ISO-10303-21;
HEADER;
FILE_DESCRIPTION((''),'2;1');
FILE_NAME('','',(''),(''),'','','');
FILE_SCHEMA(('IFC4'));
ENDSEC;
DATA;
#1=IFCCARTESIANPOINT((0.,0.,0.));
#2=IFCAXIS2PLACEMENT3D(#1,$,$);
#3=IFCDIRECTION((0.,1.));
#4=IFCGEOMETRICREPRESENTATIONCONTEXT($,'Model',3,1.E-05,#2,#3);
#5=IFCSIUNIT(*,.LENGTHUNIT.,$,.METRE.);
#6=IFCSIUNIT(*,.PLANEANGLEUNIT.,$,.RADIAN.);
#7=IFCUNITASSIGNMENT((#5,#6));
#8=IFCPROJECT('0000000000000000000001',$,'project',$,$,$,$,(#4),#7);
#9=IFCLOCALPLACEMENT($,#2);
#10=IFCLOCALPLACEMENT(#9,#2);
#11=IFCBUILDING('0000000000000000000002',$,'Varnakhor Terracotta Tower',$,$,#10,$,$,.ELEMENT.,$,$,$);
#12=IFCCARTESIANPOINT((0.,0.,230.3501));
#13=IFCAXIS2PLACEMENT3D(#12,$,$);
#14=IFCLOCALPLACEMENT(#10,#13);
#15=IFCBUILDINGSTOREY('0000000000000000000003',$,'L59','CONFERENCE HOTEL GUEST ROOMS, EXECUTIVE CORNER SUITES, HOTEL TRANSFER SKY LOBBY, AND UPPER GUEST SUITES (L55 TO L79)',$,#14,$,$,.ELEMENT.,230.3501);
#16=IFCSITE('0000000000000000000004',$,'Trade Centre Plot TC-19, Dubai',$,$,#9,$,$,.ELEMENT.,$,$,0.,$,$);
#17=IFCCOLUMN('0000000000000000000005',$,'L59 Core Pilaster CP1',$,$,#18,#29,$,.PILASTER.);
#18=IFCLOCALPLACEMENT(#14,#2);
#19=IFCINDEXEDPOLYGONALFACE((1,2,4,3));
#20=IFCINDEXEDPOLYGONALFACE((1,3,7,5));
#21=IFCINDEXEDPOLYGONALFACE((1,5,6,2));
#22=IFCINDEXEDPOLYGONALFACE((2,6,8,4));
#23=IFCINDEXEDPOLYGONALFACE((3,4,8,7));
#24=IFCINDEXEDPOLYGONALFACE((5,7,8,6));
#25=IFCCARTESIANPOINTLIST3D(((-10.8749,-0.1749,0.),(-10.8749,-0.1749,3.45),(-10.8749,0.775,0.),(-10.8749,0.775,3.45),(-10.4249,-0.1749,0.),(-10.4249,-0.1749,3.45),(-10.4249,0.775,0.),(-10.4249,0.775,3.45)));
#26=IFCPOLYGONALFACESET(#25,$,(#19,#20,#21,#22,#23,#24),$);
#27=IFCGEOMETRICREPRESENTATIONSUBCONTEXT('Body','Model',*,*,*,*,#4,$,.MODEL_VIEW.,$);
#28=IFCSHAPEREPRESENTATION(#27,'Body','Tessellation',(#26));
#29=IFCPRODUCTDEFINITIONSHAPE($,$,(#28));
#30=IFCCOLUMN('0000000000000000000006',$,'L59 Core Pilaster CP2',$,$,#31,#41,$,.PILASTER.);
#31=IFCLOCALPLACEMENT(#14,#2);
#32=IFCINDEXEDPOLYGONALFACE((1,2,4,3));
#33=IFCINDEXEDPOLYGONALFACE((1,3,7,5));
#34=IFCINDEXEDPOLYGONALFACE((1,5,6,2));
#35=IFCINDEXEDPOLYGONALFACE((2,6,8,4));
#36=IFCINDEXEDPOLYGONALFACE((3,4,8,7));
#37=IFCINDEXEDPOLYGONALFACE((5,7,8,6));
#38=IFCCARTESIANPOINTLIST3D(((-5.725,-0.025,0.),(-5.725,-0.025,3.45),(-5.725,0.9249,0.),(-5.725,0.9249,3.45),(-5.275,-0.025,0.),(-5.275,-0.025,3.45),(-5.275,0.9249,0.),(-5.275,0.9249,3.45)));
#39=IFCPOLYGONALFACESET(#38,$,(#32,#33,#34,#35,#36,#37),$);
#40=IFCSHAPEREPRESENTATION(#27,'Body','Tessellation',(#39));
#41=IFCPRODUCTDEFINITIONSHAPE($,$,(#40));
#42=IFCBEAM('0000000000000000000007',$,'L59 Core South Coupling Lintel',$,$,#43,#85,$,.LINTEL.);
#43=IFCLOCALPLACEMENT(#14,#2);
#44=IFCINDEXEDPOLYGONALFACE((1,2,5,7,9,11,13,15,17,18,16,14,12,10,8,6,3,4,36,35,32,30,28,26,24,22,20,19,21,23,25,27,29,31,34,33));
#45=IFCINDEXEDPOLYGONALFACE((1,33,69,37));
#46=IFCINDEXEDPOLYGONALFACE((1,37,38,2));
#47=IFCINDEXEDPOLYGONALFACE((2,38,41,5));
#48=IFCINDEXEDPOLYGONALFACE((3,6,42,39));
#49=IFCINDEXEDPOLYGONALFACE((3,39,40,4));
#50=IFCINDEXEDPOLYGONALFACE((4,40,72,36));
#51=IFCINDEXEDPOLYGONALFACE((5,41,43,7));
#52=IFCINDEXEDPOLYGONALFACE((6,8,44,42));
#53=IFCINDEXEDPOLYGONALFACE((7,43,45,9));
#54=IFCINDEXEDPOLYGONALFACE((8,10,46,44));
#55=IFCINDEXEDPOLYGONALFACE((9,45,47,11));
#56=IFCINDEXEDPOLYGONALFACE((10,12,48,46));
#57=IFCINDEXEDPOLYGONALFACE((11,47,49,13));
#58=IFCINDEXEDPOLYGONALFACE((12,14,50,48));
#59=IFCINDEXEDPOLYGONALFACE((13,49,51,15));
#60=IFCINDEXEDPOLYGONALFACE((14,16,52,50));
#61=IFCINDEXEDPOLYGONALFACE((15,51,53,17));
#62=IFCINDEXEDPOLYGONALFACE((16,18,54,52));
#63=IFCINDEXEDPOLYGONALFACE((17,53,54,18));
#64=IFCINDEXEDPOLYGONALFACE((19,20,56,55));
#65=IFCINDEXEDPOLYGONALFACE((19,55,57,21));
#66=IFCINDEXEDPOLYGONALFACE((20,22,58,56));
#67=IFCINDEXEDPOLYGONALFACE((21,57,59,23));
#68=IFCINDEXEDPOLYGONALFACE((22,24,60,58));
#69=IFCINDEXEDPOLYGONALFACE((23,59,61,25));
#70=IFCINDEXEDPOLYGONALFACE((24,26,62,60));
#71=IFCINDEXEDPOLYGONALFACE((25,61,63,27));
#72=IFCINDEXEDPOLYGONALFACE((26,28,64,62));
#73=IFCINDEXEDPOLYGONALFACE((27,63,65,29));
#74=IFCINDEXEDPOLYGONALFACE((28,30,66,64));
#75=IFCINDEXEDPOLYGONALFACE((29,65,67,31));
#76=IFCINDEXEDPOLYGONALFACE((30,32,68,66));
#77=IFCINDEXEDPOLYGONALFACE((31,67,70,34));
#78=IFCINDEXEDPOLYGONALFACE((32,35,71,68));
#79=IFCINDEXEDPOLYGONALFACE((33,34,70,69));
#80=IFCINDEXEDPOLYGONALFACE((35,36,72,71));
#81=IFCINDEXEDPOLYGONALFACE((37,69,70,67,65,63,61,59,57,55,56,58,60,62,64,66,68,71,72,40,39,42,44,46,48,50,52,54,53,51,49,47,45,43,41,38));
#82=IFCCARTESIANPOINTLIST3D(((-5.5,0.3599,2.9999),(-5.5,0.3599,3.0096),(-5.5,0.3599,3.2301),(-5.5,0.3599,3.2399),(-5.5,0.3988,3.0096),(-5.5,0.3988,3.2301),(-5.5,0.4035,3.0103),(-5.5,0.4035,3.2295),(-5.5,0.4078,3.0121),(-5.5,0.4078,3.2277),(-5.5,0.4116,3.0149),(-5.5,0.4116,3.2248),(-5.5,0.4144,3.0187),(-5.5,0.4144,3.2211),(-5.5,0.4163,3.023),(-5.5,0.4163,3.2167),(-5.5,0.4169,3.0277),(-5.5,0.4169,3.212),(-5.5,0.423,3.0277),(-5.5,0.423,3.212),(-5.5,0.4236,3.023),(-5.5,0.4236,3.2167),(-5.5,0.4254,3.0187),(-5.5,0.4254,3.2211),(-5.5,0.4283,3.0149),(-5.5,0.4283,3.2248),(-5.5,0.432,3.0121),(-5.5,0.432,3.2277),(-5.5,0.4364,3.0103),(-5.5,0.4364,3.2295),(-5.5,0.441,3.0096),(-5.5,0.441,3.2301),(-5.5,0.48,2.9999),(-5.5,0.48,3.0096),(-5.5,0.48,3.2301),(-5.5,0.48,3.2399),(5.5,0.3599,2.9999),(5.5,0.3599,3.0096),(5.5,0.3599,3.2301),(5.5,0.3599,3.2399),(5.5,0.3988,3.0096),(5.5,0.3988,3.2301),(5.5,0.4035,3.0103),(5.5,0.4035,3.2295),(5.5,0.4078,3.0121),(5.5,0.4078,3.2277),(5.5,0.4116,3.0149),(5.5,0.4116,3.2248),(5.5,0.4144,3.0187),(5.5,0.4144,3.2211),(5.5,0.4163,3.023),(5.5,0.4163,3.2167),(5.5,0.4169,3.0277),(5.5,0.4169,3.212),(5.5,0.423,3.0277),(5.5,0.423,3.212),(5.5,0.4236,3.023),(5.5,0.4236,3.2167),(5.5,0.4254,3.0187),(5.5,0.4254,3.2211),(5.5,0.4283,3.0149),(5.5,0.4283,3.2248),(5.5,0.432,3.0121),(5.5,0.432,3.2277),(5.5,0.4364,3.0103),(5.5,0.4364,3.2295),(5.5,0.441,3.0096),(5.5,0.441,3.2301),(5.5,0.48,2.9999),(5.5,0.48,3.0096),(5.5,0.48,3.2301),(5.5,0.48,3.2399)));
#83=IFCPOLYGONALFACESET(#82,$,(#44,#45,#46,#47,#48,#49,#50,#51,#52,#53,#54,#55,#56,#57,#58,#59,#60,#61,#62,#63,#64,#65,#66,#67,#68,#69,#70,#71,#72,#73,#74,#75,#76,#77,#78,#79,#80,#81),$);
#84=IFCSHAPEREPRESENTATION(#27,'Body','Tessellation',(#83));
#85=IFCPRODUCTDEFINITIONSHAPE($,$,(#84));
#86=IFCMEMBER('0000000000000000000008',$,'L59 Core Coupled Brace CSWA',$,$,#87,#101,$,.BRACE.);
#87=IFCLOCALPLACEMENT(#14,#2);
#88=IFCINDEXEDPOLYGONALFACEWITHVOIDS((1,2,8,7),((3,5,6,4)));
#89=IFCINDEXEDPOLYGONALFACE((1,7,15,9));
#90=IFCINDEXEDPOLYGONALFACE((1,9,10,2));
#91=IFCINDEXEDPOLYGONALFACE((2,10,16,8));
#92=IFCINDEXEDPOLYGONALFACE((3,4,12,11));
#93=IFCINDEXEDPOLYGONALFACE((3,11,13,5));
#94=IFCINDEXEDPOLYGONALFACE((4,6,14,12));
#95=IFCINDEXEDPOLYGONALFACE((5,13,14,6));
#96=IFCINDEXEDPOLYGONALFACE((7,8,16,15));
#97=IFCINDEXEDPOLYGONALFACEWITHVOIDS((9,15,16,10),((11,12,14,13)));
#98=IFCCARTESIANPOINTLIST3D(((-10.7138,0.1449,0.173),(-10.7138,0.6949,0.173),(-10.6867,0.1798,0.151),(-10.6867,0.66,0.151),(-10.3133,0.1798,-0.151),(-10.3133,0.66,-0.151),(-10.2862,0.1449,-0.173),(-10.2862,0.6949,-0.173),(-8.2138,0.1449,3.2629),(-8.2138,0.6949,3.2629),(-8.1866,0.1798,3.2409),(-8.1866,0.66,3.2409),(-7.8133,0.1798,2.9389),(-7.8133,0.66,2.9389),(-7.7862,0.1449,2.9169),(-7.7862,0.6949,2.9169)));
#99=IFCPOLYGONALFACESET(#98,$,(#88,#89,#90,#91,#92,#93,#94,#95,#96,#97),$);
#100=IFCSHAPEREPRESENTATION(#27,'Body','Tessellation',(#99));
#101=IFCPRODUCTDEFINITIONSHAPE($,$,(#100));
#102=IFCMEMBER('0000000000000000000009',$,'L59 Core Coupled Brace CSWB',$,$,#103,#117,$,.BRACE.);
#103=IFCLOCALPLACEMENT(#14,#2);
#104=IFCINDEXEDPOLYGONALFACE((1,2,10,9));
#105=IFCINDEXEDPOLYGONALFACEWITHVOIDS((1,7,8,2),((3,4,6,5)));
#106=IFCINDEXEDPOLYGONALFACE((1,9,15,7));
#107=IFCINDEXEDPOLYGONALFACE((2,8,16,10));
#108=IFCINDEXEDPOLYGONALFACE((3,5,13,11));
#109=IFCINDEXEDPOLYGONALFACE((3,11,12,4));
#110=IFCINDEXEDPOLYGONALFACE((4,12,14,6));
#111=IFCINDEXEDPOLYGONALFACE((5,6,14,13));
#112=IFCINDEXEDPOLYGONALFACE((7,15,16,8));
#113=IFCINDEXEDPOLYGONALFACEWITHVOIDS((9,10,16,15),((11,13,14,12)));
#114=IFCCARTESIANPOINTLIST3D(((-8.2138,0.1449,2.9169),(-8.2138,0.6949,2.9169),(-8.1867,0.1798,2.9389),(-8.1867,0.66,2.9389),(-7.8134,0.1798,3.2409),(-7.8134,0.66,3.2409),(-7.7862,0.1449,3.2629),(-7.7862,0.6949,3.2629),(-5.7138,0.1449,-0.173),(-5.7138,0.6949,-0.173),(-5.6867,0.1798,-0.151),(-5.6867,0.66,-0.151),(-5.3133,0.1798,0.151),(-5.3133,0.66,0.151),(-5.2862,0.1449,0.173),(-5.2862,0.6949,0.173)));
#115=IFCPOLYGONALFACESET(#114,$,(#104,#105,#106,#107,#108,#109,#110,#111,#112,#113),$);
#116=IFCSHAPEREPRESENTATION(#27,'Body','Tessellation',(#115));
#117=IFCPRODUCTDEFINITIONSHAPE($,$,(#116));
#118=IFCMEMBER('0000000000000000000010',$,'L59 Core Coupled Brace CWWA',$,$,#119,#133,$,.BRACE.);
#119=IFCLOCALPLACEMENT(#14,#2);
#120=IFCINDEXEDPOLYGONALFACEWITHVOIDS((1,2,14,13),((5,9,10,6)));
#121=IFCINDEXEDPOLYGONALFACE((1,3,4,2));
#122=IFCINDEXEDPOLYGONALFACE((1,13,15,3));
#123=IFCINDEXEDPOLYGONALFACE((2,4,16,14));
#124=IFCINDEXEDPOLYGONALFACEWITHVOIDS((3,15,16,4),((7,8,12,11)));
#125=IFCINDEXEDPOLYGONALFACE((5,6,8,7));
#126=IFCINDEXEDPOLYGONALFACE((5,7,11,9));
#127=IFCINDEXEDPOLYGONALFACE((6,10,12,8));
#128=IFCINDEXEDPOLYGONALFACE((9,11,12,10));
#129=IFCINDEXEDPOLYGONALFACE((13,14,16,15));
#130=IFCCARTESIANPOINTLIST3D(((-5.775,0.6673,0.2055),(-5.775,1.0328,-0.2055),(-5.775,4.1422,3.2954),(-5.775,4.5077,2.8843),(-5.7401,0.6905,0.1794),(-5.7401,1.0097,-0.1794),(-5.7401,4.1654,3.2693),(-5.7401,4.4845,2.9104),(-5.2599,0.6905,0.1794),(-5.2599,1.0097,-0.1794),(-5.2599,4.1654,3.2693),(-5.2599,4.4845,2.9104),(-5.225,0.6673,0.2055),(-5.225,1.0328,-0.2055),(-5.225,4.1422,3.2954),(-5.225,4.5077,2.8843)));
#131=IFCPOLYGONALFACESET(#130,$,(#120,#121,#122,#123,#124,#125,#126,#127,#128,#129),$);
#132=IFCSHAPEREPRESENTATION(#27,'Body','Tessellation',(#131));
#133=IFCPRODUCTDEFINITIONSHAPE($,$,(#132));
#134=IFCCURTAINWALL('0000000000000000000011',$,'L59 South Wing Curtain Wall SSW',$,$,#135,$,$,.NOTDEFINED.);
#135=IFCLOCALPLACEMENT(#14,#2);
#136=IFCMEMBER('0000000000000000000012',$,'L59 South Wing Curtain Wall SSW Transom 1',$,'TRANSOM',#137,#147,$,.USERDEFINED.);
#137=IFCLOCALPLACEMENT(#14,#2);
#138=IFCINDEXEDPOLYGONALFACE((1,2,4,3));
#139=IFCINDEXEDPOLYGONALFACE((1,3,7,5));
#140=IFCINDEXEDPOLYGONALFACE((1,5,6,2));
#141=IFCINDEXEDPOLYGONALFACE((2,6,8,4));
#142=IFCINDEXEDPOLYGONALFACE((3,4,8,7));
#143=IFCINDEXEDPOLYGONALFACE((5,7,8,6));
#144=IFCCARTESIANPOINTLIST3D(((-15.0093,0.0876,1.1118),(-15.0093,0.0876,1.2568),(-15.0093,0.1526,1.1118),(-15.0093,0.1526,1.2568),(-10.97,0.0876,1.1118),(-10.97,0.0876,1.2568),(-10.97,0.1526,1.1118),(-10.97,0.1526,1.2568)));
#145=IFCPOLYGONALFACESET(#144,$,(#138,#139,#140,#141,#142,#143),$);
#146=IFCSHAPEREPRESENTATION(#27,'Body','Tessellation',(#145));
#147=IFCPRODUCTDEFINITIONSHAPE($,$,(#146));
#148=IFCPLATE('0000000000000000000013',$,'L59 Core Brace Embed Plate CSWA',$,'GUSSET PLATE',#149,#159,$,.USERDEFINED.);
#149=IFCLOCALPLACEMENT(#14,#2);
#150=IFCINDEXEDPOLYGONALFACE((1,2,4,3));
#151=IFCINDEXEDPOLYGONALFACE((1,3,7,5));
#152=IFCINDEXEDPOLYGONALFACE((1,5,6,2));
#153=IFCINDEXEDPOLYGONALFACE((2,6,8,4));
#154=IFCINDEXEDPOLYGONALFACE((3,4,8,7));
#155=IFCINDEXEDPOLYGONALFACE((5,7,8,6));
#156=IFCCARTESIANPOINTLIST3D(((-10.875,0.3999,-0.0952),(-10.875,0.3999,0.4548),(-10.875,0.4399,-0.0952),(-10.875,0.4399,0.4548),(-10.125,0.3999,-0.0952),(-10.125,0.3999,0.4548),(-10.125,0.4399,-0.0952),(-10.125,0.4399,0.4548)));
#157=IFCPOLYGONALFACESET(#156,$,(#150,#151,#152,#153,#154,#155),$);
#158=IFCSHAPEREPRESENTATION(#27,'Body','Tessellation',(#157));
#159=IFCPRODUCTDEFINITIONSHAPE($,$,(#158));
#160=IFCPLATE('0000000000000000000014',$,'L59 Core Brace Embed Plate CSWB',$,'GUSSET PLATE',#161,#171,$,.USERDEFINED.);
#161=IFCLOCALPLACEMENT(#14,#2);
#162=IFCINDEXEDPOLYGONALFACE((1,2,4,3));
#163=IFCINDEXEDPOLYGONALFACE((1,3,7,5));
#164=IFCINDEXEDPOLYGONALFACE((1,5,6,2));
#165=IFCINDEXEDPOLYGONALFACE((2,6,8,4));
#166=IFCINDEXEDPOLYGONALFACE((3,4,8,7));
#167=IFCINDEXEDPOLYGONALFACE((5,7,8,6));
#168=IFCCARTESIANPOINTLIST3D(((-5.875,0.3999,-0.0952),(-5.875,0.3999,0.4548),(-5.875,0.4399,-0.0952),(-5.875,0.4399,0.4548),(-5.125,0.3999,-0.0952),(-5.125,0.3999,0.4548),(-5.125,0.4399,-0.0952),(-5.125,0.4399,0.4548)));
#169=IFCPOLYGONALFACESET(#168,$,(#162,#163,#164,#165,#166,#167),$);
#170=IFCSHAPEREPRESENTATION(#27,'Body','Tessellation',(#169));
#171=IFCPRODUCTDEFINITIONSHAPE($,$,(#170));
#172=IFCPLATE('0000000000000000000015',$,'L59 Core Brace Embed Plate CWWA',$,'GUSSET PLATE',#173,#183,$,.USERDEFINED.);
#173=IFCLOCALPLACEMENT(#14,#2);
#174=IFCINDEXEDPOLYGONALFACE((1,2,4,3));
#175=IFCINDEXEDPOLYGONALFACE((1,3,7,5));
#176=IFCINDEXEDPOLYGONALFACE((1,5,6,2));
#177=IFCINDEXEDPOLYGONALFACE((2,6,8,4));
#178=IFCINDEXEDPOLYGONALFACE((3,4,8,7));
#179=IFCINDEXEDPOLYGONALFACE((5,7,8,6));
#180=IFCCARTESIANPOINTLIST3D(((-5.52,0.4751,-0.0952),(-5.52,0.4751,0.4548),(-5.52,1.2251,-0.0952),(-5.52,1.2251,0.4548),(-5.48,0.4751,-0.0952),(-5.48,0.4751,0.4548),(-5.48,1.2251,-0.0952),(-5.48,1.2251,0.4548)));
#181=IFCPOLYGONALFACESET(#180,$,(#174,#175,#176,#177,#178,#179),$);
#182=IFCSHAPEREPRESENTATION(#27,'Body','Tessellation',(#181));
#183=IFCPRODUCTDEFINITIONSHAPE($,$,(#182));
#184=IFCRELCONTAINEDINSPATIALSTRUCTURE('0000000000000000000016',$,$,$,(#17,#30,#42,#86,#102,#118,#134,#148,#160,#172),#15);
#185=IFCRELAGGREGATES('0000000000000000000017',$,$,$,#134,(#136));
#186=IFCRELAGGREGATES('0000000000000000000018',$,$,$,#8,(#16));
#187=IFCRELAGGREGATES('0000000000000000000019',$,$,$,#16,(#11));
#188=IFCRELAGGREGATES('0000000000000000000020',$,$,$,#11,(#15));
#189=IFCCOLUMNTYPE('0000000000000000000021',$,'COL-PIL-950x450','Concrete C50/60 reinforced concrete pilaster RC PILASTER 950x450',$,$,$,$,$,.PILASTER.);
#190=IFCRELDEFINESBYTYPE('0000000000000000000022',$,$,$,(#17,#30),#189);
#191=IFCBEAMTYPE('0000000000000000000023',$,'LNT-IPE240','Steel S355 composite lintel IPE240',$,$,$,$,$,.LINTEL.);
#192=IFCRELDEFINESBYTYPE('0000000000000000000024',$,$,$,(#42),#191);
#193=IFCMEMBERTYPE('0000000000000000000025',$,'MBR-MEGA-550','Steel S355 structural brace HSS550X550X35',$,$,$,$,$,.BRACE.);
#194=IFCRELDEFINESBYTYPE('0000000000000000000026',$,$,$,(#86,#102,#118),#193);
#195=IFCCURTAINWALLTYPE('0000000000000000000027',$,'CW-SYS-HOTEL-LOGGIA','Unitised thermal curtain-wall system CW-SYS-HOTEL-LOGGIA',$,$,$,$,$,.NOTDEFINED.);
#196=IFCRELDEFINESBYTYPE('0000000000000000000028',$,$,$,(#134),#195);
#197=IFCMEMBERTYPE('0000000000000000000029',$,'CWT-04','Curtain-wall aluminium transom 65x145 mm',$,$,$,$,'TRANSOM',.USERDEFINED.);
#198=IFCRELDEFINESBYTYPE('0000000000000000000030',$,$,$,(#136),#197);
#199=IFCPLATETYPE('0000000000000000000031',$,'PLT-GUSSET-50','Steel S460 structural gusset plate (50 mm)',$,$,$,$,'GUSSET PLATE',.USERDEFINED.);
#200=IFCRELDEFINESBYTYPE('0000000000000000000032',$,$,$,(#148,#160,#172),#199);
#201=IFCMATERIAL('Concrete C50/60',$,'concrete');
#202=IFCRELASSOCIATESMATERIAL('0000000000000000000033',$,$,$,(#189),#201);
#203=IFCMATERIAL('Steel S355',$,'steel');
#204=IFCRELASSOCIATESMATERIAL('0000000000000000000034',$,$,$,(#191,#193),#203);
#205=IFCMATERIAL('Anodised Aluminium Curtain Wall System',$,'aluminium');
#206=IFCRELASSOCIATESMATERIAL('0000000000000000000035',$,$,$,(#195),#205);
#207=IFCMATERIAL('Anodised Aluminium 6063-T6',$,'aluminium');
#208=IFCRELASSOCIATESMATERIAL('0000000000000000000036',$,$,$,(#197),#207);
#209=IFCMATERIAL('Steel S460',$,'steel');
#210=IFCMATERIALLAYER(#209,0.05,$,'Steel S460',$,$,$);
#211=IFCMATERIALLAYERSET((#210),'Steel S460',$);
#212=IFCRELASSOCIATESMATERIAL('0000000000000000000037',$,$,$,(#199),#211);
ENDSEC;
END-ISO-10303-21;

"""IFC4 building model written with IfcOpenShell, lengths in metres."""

from ifc_helpers import new_model, si_unit, direction, frame, origin, origin_2d, place, context, subcontext, project, spatial, rectangle, hollow_rectangle, i_section, extrude, source, transform, mapped, material, layer, layer_set, material_profile, profile_set, type_object, type_shapes, element, aggregate, save


model = new_model("IFC4")

# Units and contexts
model_context = context("Model", 3, precision=1e-05, world=origin(), true_north=direction((0.0, 1.0)))
body_context = subcontext(model_context, "Body", "Model", "MODEL_VIEW")
ifc_project = project(units=[si_unit("LENGTHUNIT", "METRE"), si_unit("PLANEANGLEUNIT", "RADIAN")], contexts=[model_context])

# Site, building, storey
site_placement = place(None, origin())
site = spatial("IfcSite", under=ifc_project, at=site_placement, Name="Trade Centre Plot TC-19, Dubai", CompositionType="ELEMENT", RefElevation=0.0)
building_placement = place(site_placement, origin())
building = spatial("IfcBuilding", under=site, at=building_placement, Name="Varnakhor Terracotta Tower", CompositionType="ELEMENT")
storey_placement = place(building_placement, frame((0.0, 0.0, 230.3501)))
storey = spatial("IfcBuildingStorey", under=building, at=storey_placement, Name="L59", Description="CONFERENCE HOTEL GUEST ROOMS, EXECUTIVE CORNER SUITES, HOTEL TRANSFER SKY LOBBY, AND UPPER GUEST SUITES (L55 TO L79)", CompositionType="ELEMENT", Elevation=230.3501)

# Columns
ifc_material_1 = material(Name="Concrete C50/60", Category="concrete")
ifc_material_profile_1 = material_profile(ifc_material_1, rectangle(XDim=0.45, YDim=0.95, at=origin_2d()), Name="RC PILASTER 950x450")
ifc_profile_set_1 = profile_set([ifc_material_profile_1], Name="Concrete C50/60")
column_type = type_object("IfcColumnType", Name="COL-PIL-950x450", Description="Concrete C50/60 reinforced concrete pilaster RC PILASTER 950x450", PredefinedType="PILASTER", material=ifc_profile_set_1)
shared_shape_1 = source(origin(), body_context, "Body", "SweptSolid", [
    extrude(rectangle(XDim=0.45, YDim=0.95, at=origin_2d()), origin(), (0.0, 0.0, 1.0), 3.45),
])
for number, where, z_axis, x_axis, name in (
    (1, (-10.6499, 0.3, 0.0), (0.0, 0.0, 1.0), (1.0, 0.0, 0.0), "L59 Core Pilaster CP1"),
    (2, (-5.5, 0.45, 0.0), (0.0, 0.0, 1.0), (1.0, 0.0, 0.0), "L59 Core Pilaster CP2"),
):
    element("IfcColumn", number, at=place(storey_placement, frame(where, z_axis=z_axis, x_axis=x_axis)), inside=storey, type_object=column_type, Name=name, PredefinedType="PILASTER", context=body_context, shape_type="MappedRepresentation", body=[
        mapped(shared_shape_1, transform((0.0, 0.0, 0.0), scale=1.0)),
    ])

# Beam
ifc_material_2 = material(Name="Steel S355", Category="steel")
ifc_material_profile_2 = material_profile(ifc_material_2, i_section(OverallWidth=0.1201, OverallDepth=0.24, WebThickness=0.0061, FlangeThickness=0.0098, FilletRadius=0.0181, at=origin_2d()), Name="IPE240")
ifc_profile_set_2 = profile_set([ifc_material_profile_2], Name="Steel S355")
beam_type = type_object("IfcBeamType", Name="LNT-IPE240", Description="Steel S355 composite lintel IPE240", PredefinedType="LINTEL", material=ifc_profile_set_2)
shared_shape_2 = source(origin(), body_context, "Body", "SweptSolid", [
    extrude(i_section(OverallWidth=0.1201, OverallDepth=0.24, WebThickness=0.0061, FlangeThickness=0.0098, FilletRadius=0.0181, at=origin_2d()), origin(), (0.0, 0.0, 1.0), 11.0),
])
type_shapes(beam_type, [shared_shape_2])
beam_placement = place(storey_placement, frame((-5.5, 0.4199, 3.1199), z_axis=(1.0, 0.0, 0.0), x_axis=(0.0, 1.0, 0.0)))
element("IfcBeam", 3, at=beam_placement, inside=storey, type_object=beam_type, Name="L59 Core South Coupling Lintel", PredefinedType="LINTEL", context=body_context, shape_type="MappedRepresentation", body=[
    mapped(shared_shape_2, transform((0.0, 0.0, 0.0), scale=1.0)),
])

# Members
ifc_material_profile_3 = material_profile(ifc_material_2, hollow_rectangle(XDim=0.55, YDim=0.55, WallThickness=0.0349, at=origin_2d()), Name="HSS550X550X35")
ifc_profile_set_3 = profile_set([ifc_material_profile_3], Name="Steel S355")
member_type_1 = type_object("IfcMemberType", Name="MBR-MEGA-550", Description="Steel S355 structural brace HSS550X550X35", PredefinedType="BRACE", material=ifc_profile_set_3)
shared_shape_3 = source(origin(), body_context, "Body", "SweptSolid", [
    extrude(hollow_rectangle(XDim=0.55, YDim=0.55, WallThickness=0.0349, at=origin_2d()), origin(), (0.0, 0.0, 1.0), 3.9746),
])
for number, where, z_axis, x_axis, name in (
    (4, (-10.5, 0.4199, 0.0), (0.629, 0.0, 0.777405), (0.0, 1.0, 0.0), "L59 Core Coupled Brace CSWA"),
    (5, (-5.5, 0.4199, 0.0), (-0.629, 0.0, 0.777405), (0.0, -1.0, 0.0), "L59 Core Coupled Brace CSWB"),
):
    element("IfcMember", number, at=place(storey_placement, frame(where, z_axis=z_axis, x_axis=x_axis)), inside=storey, type_object=member_type_1, Name=name, PredefinedType="BRACE", context=body_context, shape_type="MappedRepresentation", body=[
        mapped(shared_shape_3, transform((0.0, 0.0, 0.0), scale=1.0)),
    ])
shared_shape_4 = source(origin(), body_context, "Body", "SweptSolid", [
    extrude(hollow_rectangle(XDim=0.55, YDim=0.55, WallThickness=0.0349, at=origin_2d()), origin(), (0.0, 0.0, 1.0), 4.6499),
])
member_1_placement = place(storey_placement, frame((-5.5, 0.8501, 0.0), z_axis=(0.0, 0.747293, 0.664494), x_axis=(-1.0, 0.0, 0.0)))
element("IfcMember", 6, at=member_1_placement, inside=storey, type_object=member_type_1, Name="L59 Core Coupled Brace CWWA", PredefinedType="BRACE", context=body_context, shape_type="MappedRepresentation", body=[
    mapped(shared_shape_4, transform((0.0, 0.0, 0.0), scale=1.0)),
])

# Curtain wall, member
ifc_material_3 = material(Name="Anodised Aluminium Curtain Wall System", Category="aluminium")
curtain_wall_type = type_object("IfcCurtainWallType", Name="CW-SYS-HOTEL-LOGGIA", Description="Unitised thermal curtain-wall system CW-SYS-HOTEL-LOGGIA", PredefinedType="NOTDEFINED", material=ifc_material_3)
curtain_wall_placement = place(storey_placement, origin())
curtain_wall = element("IfcCurtainWall", 7, at=curtain_wall_placement, inside=storey, type_object=curtain_wall_type, Name="L59 South Wing Curtain Wall SSW", PredefinedType="NOTDEFINED")
ifc_material_4 = material(Name="Anodised Aluminium 6063-T6", Category="aluminium")
ifc_material_profile_4 = material_profile(ifc_material_4, rectangle(XDim=0.0649, YDim=0.145, at=origin_2d()), Name="ALU TRANSOM 65x145")
ifc_profile_set_4 = profile_set([ifc_material_profile_4], Name="Anodised Aluminium 6063-T6")
member_type_2 = type_object("IfcMemberType", Name="CWT-04", Description="Curtain-wall aluminium transom 65x145 mm", ElementType="TRANSOM", PredefinedType="USERDEFINED", material=ifc_profile_set_4)
shared_shape_5 = source(origin(), body_context, "Body", "SweptSolid", [
    extrude(rectangle(XDim=0.0649, YDim=0.145, at=origin_2d()), origin(), (0.0, 0.0, 1.0), 4.0393),
])
member_2_placement = place(storey_placement, frame((-10.97, 0.1201, 1.1843), z_axis=(-1.0, 0.0, 0.0), x_axis=(0.0, -1.0, 0.0)))
member_2 = element("IfcMember", 8, at=member_2_placement, type_object=member_type_2, Name="L59 South Wing Curtain Wall SSW Transom 1", ObjectType="TRANSOM", PredefinedType="USERDEFINED", context=body_context, shape_type="MappedRepresentation", body=[
    mapped(shared_shape_5, transform((0.0, 0.0, 0.0), scale=1.0)),
])
aggregate(curtain_wall, [member_2])

# Plates
ifc_material_5 = material(Name="Steel S460", Category="steel")
ifc_layer_1 = layer(ifc_material_5, 0.05, Name="Steel S460")
ifc_layer_set_1 = layer_set([ifc_layer_1], Name="Steel S460")
plate_type = type_object("IfcPlateType", Name="PLT-GUSSET-50", Description="Steel S460 structural gusset plate (50 mm)", ElementType="GUSSET PLATE", PredefinedType="USERDEFINED", material=ifc_layer_set_1)
shared_shape_6 = source(origin(), body_context, "Body", "SweptSolid", [
    extrude(rectangle(XDim=0.75, YDim=0.04, at=origin_2d()), origin(), (0.0, 0.0, 1.0), 0.55),
])
type_shapes(plate_type, [shared_shape_6])
for number, where, z_axis, x_axis, name in (
    (9, (-10.5, 0.4199, -0.0952), (0.0, 0.0, 1.0), (1.0, 0.0, 0.0), "L59 Core Brace Embed Plate CSWA"),
    (10, (-5.5, 0.4199, -0.0952), (0.0, 0.0, 1.0), (1.0, 0.0, 0.0), "L59 Core Brace Embed Plate CSWB"),
    (11, (-5.5, 0.8501, -0.0952), (0.0, 0.0, 1.0), (0.0, 1.0, 0.0), "L59 Core Brace Embed Plate CWWA"),
):
    element("IfcPlate", number, at=place(storey_placement, frame(where, z_axis=z_axis, x_axis=x_axis)), inside=storey, type_object=plate_type, Name=name, ObjectType="GUSSET PLATE", PredefinedType="USERDEFINED", context=body_context, shape_type="MappedRepresentation", body=[
        mapped(shared_shape_6, transform((0.0, 0.0, 0.0), scale=1.0)),
    ])

save(model, "model.ifc")
